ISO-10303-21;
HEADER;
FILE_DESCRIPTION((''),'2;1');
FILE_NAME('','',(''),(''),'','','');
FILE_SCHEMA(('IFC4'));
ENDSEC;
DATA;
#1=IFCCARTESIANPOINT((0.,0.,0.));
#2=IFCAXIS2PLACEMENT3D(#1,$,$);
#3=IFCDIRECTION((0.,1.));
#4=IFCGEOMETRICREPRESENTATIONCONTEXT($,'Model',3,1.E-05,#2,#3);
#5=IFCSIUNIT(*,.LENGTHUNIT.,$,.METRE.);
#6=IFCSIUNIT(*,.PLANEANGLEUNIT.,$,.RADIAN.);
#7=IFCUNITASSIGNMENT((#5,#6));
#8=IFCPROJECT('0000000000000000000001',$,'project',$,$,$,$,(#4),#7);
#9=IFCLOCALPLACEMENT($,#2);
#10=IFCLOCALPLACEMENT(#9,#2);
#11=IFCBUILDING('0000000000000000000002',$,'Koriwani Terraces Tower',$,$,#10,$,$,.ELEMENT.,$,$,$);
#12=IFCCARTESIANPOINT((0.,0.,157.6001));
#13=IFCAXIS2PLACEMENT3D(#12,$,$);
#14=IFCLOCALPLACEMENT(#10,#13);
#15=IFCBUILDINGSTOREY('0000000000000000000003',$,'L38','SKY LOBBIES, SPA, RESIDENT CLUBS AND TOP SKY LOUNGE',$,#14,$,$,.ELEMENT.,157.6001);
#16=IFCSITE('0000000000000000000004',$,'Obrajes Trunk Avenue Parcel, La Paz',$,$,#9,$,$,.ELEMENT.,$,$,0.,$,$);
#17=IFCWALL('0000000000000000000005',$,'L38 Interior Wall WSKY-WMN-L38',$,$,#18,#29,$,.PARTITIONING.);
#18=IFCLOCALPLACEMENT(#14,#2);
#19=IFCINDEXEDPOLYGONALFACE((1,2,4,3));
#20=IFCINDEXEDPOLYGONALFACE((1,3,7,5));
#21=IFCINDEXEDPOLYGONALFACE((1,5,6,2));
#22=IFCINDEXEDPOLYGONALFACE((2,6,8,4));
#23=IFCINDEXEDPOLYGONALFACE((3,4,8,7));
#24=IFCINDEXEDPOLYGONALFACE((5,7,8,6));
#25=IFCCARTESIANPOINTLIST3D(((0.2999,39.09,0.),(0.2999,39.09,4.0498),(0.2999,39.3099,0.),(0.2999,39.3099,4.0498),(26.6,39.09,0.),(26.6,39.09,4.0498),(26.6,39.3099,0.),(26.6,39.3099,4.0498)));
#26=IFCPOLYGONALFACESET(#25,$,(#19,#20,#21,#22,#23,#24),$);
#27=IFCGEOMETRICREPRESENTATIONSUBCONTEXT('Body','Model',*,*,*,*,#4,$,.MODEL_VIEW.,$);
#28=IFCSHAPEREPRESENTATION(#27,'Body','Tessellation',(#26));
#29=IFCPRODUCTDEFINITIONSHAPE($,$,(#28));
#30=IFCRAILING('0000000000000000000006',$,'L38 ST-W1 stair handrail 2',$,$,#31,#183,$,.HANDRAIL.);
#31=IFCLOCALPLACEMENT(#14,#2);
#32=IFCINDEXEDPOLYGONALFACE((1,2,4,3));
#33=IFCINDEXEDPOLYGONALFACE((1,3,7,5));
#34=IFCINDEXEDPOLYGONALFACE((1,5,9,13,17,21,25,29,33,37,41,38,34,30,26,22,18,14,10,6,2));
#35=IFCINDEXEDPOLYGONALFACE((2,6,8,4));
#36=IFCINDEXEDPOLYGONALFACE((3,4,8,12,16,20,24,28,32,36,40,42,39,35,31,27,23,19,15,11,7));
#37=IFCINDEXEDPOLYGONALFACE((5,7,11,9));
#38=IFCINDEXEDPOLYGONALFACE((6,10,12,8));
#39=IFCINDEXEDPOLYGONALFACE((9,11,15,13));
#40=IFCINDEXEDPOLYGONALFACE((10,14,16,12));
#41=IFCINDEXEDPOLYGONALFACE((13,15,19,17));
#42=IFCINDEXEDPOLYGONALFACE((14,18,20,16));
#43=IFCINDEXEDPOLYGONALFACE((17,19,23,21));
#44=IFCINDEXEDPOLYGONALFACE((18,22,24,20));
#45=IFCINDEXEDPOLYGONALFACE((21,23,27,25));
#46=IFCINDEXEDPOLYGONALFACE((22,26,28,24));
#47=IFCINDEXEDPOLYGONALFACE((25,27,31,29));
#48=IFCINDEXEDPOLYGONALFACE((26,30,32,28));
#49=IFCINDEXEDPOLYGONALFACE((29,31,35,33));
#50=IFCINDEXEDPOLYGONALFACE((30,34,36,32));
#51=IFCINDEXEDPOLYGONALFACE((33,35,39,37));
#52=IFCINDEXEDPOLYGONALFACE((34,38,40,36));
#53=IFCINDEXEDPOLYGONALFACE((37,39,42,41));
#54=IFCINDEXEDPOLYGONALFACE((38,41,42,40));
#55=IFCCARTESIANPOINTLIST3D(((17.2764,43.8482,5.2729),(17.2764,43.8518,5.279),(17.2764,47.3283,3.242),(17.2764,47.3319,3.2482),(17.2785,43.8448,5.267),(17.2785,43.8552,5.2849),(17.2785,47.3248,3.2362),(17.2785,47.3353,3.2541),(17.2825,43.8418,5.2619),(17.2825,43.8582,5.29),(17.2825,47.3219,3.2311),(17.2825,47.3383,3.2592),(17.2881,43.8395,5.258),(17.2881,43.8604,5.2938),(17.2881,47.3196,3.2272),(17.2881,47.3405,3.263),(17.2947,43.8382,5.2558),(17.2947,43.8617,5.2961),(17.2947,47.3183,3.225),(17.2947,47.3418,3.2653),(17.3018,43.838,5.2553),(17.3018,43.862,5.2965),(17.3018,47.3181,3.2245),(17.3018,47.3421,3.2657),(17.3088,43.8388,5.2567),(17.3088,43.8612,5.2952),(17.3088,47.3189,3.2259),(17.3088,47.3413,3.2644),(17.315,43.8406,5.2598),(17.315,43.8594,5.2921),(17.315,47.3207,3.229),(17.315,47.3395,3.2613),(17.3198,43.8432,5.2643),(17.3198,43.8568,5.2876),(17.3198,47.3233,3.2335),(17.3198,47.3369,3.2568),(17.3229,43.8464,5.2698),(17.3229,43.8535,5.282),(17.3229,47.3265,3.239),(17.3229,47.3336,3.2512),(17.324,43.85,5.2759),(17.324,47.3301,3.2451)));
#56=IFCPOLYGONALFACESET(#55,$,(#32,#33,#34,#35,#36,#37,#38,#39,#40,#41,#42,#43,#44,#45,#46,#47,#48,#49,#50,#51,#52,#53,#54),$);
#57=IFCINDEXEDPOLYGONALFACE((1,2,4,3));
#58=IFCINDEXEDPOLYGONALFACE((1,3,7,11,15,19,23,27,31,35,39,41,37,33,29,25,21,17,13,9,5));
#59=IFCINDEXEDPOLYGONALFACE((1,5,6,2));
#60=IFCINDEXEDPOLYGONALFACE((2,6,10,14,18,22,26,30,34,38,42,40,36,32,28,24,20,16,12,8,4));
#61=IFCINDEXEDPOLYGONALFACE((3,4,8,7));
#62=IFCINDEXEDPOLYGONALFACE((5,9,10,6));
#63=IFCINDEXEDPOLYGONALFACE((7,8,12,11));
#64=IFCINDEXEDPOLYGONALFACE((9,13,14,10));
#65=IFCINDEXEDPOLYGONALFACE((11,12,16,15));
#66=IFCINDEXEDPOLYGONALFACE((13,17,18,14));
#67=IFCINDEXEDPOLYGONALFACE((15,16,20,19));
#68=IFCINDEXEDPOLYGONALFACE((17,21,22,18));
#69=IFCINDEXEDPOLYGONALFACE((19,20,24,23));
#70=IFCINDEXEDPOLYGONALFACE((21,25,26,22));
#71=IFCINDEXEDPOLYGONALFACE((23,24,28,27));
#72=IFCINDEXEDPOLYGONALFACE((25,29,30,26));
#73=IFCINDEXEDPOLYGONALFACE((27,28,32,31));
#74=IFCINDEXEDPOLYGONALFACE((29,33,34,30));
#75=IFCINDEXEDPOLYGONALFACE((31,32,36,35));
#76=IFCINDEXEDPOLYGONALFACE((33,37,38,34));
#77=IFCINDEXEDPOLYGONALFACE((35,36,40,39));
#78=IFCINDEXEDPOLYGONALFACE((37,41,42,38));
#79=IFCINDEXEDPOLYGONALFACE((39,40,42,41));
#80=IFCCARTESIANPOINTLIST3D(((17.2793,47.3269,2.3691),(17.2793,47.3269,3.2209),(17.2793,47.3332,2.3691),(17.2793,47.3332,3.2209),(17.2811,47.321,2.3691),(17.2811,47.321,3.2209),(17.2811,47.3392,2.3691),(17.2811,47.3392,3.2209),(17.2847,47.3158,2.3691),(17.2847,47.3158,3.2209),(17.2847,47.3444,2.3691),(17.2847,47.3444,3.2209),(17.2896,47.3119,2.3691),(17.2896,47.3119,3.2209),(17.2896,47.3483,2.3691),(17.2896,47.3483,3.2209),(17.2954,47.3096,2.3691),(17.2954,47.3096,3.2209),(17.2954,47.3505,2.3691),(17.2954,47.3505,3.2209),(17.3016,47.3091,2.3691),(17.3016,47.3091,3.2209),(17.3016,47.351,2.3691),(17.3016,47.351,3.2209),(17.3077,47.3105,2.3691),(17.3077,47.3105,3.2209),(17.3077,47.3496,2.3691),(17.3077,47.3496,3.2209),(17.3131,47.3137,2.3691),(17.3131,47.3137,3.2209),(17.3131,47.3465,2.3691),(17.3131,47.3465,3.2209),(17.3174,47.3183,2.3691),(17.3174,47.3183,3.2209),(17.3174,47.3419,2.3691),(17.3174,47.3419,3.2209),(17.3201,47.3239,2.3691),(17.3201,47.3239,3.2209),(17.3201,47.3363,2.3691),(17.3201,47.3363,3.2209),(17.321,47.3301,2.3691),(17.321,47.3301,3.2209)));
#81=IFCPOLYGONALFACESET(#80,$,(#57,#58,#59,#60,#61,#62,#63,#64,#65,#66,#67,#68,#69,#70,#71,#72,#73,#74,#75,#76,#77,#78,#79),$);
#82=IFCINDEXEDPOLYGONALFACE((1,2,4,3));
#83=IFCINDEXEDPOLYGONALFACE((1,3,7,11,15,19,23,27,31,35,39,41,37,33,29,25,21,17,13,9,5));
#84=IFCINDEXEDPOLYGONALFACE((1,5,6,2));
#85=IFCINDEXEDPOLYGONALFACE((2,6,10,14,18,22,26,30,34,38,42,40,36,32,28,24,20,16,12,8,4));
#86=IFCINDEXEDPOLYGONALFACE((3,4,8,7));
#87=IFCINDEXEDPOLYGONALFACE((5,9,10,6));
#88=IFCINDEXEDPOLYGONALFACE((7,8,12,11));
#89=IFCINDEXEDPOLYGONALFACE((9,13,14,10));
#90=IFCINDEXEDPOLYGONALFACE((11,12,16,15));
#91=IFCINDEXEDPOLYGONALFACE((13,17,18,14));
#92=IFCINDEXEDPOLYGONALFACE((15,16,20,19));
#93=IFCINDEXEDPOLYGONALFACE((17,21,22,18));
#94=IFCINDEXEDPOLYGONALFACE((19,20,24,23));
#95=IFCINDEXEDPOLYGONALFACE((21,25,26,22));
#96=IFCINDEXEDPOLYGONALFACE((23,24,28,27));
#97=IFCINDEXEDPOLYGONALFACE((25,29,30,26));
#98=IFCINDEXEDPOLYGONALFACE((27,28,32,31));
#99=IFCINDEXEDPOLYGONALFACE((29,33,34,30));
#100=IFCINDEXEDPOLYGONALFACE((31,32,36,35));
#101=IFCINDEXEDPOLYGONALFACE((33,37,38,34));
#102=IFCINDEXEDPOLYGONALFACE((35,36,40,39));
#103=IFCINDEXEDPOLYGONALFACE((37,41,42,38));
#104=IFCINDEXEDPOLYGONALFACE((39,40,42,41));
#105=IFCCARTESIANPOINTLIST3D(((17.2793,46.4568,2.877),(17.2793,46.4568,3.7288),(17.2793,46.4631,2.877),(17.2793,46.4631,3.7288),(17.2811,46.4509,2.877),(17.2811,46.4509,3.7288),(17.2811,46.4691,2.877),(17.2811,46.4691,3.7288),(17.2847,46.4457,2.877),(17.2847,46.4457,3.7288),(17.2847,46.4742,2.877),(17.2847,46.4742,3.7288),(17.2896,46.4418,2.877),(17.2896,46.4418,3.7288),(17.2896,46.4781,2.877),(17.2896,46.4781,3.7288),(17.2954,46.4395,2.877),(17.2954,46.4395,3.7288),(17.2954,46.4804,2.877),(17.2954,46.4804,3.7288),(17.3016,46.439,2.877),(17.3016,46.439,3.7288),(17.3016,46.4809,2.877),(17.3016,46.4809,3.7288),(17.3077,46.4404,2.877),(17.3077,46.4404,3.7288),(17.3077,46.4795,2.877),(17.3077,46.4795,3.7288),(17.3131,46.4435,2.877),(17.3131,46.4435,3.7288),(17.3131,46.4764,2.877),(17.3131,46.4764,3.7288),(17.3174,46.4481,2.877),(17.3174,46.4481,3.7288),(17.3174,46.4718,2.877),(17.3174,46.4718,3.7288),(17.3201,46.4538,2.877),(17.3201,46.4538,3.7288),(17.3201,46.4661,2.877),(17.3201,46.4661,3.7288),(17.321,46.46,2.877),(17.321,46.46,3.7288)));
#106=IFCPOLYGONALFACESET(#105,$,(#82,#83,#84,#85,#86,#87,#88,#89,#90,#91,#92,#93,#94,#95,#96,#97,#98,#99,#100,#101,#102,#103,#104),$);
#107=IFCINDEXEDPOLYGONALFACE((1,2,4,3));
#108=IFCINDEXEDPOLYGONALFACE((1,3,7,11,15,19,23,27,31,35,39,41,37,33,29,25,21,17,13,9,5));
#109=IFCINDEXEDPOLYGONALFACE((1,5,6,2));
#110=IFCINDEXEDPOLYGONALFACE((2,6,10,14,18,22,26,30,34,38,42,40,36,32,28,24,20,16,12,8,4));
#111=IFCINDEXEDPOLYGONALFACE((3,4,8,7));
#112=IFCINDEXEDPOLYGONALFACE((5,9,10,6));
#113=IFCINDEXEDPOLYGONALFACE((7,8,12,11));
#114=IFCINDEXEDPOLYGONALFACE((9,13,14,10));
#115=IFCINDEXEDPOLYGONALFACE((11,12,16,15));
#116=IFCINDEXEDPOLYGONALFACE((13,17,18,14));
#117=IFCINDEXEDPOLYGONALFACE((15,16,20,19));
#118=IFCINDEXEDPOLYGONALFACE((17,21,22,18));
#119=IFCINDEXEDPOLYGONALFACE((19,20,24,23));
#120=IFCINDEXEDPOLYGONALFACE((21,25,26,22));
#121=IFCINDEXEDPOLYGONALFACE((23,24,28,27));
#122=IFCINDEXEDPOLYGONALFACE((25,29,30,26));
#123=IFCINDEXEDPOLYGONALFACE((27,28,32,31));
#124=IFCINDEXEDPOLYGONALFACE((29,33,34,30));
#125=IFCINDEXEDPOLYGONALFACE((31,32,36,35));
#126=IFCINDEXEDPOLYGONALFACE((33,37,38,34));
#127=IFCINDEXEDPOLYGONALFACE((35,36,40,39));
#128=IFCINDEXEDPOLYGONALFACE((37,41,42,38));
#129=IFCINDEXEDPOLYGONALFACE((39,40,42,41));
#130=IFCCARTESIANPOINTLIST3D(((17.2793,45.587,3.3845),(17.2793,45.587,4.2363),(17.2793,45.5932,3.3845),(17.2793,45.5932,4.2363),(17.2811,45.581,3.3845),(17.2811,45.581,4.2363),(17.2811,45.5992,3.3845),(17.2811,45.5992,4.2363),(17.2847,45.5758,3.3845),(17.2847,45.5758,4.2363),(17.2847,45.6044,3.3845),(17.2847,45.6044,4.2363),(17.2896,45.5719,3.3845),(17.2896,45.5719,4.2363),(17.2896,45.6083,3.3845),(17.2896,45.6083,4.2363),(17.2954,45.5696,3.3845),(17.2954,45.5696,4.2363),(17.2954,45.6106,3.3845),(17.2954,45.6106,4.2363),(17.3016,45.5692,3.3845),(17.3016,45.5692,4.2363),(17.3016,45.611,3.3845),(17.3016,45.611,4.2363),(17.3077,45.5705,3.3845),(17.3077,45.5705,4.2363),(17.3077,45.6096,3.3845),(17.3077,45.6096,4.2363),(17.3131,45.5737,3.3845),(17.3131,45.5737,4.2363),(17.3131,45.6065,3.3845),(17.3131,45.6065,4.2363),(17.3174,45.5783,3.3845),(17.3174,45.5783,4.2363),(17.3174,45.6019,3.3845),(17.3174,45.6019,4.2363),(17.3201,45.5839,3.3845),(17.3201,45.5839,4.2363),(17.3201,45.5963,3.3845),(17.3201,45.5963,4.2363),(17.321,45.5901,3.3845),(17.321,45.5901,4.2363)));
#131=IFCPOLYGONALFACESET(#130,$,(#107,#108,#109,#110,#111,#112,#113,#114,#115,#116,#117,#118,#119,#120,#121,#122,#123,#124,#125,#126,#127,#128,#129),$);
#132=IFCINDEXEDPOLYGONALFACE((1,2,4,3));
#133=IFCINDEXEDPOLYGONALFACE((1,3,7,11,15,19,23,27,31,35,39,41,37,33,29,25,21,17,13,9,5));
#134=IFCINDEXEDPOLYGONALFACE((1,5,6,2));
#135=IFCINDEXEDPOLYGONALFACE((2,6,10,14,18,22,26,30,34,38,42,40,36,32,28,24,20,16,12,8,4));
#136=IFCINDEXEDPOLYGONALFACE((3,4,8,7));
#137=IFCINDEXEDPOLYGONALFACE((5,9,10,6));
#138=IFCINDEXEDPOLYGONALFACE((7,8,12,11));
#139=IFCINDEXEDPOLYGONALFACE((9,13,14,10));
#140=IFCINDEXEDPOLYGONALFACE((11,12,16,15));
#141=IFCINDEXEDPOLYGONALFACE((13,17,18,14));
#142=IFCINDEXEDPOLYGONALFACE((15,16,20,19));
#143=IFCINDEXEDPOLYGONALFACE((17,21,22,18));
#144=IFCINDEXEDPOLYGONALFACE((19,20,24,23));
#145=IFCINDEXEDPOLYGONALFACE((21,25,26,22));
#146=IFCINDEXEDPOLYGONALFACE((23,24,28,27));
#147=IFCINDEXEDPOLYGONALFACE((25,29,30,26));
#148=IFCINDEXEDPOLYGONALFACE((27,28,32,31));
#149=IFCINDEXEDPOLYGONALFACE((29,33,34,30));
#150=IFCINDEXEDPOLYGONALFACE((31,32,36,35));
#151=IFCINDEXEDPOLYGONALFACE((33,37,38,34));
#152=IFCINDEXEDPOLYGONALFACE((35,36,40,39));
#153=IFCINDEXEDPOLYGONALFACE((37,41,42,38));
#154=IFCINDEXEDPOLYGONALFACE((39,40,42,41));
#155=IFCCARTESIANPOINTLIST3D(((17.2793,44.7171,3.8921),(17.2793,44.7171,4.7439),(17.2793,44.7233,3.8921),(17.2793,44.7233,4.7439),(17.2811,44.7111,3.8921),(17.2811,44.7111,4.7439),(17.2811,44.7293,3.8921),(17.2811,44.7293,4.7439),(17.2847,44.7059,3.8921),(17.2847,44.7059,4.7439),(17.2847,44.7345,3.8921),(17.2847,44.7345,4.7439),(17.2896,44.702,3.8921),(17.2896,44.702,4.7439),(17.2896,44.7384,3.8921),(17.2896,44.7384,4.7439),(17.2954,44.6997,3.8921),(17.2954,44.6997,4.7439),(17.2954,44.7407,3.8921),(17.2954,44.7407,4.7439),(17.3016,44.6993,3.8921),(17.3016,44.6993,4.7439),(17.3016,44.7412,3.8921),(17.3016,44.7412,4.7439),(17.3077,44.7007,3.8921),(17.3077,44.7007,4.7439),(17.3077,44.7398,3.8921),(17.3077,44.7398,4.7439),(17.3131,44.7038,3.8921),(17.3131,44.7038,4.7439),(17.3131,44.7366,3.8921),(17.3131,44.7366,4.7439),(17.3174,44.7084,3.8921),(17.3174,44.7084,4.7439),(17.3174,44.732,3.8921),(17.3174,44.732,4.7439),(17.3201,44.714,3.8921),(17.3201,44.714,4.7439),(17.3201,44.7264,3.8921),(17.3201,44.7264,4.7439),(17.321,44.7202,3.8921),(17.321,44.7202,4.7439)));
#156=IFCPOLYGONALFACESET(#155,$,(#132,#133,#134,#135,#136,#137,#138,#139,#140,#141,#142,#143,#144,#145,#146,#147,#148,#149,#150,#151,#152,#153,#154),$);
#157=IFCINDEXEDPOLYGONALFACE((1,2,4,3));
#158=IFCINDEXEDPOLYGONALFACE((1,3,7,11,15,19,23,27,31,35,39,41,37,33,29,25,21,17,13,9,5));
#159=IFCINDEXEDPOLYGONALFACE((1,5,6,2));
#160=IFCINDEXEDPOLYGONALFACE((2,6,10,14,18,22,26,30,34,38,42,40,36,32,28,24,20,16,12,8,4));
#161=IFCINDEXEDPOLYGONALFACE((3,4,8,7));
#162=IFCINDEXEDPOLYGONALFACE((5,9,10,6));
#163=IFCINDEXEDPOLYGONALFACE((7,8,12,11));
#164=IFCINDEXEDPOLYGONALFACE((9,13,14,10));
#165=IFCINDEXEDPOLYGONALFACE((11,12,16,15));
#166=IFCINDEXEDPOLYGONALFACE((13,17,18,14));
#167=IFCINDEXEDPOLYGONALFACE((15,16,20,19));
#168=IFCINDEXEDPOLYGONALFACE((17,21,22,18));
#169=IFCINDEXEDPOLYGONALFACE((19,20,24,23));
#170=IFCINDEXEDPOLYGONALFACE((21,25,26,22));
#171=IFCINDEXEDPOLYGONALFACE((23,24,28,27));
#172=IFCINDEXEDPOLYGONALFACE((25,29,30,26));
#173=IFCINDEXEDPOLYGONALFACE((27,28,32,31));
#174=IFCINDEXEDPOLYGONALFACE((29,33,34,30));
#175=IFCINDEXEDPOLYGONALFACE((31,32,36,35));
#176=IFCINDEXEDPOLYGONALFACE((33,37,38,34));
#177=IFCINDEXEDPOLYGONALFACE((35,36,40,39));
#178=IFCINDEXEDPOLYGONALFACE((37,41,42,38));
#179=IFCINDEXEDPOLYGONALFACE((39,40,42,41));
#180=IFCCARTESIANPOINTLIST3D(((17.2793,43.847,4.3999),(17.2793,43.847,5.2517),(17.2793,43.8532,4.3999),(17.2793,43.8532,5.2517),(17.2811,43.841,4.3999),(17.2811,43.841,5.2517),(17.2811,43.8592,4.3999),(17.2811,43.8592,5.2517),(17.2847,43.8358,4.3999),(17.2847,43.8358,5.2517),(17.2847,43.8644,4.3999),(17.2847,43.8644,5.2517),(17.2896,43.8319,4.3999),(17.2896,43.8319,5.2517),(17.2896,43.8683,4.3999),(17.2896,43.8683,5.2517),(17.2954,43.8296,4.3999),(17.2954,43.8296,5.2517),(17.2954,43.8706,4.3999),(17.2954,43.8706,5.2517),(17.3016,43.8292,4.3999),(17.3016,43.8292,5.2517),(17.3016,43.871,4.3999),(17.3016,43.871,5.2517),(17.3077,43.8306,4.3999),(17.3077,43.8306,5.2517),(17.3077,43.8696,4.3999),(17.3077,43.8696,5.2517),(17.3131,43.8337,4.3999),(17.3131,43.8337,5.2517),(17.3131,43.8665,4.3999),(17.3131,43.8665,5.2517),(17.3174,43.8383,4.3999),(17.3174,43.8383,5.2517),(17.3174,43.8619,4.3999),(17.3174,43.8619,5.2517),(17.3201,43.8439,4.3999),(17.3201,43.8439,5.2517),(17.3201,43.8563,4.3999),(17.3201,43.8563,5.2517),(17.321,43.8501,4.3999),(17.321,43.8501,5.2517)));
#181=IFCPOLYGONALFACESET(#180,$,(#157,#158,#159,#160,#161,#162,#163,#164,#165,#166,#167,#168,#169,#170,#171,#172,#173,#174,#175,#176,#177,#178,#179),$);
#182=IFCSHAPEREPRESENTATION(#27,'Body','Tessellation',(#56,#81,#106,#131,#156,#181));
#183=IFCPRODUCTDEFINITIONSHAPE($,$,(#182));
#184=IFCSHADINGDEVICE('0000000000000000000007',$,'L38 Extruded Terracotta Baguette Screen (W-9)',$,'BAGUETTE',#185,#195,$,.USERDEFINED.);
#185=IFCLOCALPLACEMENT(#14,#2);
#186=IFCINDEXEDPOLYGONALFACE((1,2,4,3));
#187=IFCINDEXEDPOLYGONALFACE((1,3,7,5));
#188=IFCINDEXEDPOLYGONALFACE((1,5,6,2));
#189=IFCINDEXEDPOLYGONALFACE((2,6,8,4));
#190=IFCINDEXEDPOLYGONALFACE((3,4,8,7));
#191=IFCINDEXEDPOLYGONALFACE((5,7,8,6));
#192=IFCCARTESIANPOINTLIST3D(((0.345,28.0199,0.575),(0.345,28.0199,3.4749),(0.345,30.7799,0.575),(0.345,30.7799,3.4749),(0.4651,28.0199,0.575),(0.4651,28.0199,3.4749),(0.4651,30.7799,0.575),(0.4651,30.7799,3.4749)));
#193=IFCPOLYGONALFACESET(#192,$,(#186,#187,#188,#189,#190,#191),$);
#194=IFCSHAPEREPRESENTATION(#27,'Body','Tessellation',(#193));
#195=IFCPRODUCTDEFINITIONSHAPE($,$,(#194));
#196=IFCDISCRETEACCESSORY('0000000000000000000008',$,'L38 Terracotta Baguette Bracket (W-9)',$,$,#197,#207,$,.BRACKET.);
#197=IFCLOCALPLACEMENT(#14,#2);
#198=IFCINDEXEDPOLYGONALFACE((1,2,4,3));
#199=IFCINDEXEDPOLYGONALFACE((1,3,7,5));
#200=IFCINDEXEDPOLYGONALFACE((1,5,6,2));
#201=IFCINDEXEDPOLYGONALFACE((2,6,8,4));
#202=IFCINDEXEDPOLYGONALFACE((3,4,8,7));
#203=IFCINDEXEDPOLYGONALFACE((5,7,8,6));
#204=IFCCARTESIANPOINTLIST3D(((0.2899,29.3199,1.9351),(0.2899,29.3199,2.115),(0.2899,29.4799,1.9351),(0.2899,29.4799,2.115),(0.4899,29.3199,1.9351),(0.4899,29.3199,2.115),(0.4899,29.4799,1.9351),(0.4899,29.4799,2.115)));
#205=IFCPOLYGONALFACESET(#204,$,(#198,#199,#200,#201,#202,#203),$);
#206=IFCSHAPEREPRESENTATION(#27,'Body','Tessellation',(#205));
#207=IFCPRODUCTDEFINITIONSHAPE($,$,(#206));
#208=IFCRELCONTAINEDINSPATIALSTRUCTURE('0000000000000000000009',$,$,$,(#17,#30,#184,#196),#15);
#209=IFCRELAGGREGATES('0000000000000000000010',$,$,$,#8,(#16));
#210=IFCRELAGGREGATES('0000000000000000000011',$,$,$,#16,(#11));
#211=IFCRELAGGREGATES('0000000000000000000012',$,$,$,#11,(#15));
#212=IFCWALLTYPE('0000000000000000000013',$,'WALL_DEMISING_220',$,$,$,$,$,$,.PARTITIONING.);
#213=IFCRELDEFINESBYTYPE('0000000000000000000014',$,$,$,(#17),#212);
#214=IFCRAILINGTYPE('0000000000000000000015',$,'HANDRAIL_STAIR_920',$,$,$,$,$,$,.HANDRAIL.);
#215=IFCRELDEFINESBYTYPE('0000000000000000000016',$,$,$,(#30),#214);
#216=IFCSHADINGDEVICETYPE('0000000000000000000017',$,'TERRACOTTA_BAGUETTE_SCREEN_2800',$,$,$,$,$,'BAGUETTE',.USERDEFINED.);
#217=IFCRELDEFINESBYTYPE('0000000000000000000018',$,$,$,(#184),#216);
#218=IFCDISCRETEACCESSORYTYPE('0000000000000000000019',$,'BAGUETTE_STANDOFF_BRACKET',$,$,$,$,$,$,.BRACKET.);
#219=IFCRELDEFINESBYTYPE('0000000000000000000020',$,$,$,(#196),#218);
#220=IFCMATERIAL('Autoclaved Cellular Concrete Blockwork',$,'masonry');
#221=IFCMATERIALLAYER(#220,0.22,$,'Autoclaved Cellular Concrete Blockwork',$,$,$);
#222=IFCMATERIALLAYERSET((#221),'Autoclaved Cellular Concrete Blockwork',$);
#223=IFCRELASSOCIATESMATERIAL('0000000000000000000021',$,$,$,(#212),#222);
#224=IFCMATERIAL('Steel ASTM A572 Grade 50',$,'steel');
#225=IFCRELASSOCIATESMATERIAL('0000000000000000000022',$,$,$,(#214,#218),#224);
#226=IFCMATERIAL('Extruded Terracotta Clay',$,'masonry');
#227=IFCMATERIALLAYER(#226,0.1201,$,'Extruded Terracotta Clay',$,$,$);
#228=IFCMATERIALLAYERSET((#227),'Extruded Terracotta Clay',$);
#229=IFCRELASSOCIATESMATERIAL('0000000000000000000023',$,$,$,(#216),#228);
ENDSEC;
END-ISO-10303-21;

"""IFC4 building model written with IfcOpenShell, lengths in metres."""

from ifc_helpers import new_model, si_unit, direction, frame, frame_2d, origin, origin_2d, place, context, subcontext, project, spatial, rectangle, circle, extrude, material, layer, layer_set, type_object, element, save


model = new_model("IFC4")

# Units and contexts
model_context = context("Model", 3, precision=1e-05, world=origin(), true_north=direction((0.0, 1.0)))
body_context = subcontext(model_context, "Body", "Model", "MODEL_VIEW")
ifc_project = project(units=[si_unit("LENGTHUNIT", "METRE"), si_unit("PLANEANGLEUNIT", "RADIAN")], contexts=[model_context])

# Site, building, storey
site_placement = place(None, origin())
site = spatial("IfcSite", under=ifc_project, at=site_placement, Name="Obrajes Trunk Avenue Parcel, La Paz", CompositionType="ELEMENT", RefElevation=0.0)
building_placement = place(site_placement, origin())
building = spatial("IfcBuilding", under=site, at=building_placement, Name="Koriwani Terraces Tower", CompositionType="ELEMENT")
storey_placement = place(building_placement, frame((0.0, 0.0, 157.6001)))
storey = spatial("IfcBuildingStorey", under=building, at=storey_placement, Name="L38", Description="SKY LOBBIES, SPA, RESIDENT CLUBS AND TOP SKY LOUNGE", CompositionType="ELEMENT", Elevation=157.6001)

# Shared definitions
ifc_material_1 = material(Name="Steel ASTM A572 Grade 50", Category="steel")

# Shared definitions
ifc_material_2 = material(Name="Autoclaved Cellular Concrete Blockwork", Category="masonry")

# Wall
ifc_layer_1 = layer(ifc_material_2, 0.22, Name="Autoclaved Cellular Concrete Blockwork")
ifc_layer_set_1 = layer_set([ifc_layer_1], Name="Autoclaved Cellular Concrete Blockwork")
wall_type_1 = type_object("IfcWallType", Name="WALL_DEMISING_220", PredefinedType="PARTITIONING", material=ifc_layer_set_1)
for number, where, z_axis, x_axis, name in (
    (1, (0.3, 39.2, 0.0), (0.0, 0.0, 1.0), (1.0, 0.0, 0.0), "L38 Interior Wall WSKY-WMN-L38"),
):
    element("IfcWall", number, at=place(storey_placement, frame(where, z_axis=z_axis, x_axis=x_axis)), inside=storey, type_object=wall_type_1, Name=name, PredefinedType="PARTITIONING", context=body_context, shape_type="SweptSolid", body=[
        extrude(rectangle(XDim=26.3, YDim=0.22, at=frame_2d((13.1499, 0.0))), origin(), (0.0, 0.0, 1.0), 4.0498),
    ])

# Railing
railing_type_1 = type_object("IfcRailingType", Name="HANDRAIL_STAIR_920", PredefinedType="HANDRAIL", material=ifc_material_1)
railing_1_placement = place(storey_placement, frame((17.3, 47.3301, 2.3691)))
element("IfcRailing", 2, at=railing_1_placement, inside=storey, type_object=railing_type_1, Name="L38 ST-W1 stair handrail 2", PredefinedType="HANDRAIL", context=body_context, shape_type="SweptSolid", body=[
    extrude(circle(Radius=0.0239, at=origin_2d()), frame((0.0, 0.0, 0.876), z_axis=(0.0, -0.863695, 0.504014), x_axis=(1.0, 0.0, 0.0)), (0.0, 0.0, 1.0), 4.0293),
    extrude(circle(Radius=0.021, at=origin_2d()), origin(), (0.0, 0.0, 1.0), 0.8518),
    extrude(circle(Radius=0.021, at=origin_2d()), frame((0.0, -0.8701, 0.5078)), (0.0, 0.0, 1.0), 0.8518),
    extrude(circle(Radius=0.021, at=origin_2d()), frame((0.0, -1.74, 1.0154)), (0.0, 0.0, 1.0), 0.8518),
    extrude(circle(Radius=0.021, at=origin_2d()), frame((0.0, -2.6099, 1.5229)), (0.0, 0.0, 1.0), 0.8518),
    extrude(circle(Radius=0.021, at=origin_2d()), frame((0.0, -3.48, 2.0308)), (0.0, 0.0, 1.0), 0.8518),
])

# Shading device
ifc_material_3 = material(Name="Extruded Terracotta Clay", Category="masonry")
ifc_layer_2 = layer(ifc_material_3, 0.1201, Name="Extruded Terracotta Clay")
ifc_layer_set_2 = layer_set([ifc_layer_2], Name="Extruded Terracotta Clay")
shading_device_type = type_object("IfcShadingDeviceType", Name="TERRACOTTA_BAGUETTE_SCREEN_2800", ElementType="BAGUETTE", PredefinedType="USERDEFINED", material=ifc_layer_set_2)
shading_device_placement = place(storey_placement, frame((0.405, 29.3999, 0.575), z_axis=(0.0, 0.0, 1.0), x_axis=(0.0, 1.0, 0.0)))
element("IfcShadingDevice", 3, at=shading_device_placement, inside=storey, type_object=shading_device_type, Name="L38 Extruded Terracotta Baguette Screen (W-9)", ObjectType="BAGUETTE", PredefinedType="USERDEFINED", context=body_context, shape_type="SweptSolid", body=[
    extrude(rectangle(XDim=2.76, YDim=0.1201, at=origin_2d()), origin(), (0.0, 0.0, 1.0), 2.8999),
])

# Discrete accessory
discrete_accessory_type = type_object("IfcDiscreteAccessoryType", Name="BAGUETTE_STANDOFF_BRACKET", PredefinedType="BRACKET", material=ifc_material_1)
discrete_accessory_placement = place(storey_placement, frame((0.3899, 29.3999, 1.9351), z_axis=(0.0, 0.0, 1.0), x_axis=(0.0, 1.0, 0.0)))
element("IfcDiscreteAccessory", 4, at=discrete_accessory_placement, inside=storey, type_object=discrete_accessory_type, Name="L38 Terracotta Baguette Bracket (W-9)", PredefinedType="BRACKET", context=body_context, shape_type="SweptSolid", body=[
    extrude(rectangle(XDim=0.1599, YDim=0.2, at=origin_2d()), origin(), (0.0, 0.0, 1.0), 0.1799),
])

save(model, "model.ifc")
